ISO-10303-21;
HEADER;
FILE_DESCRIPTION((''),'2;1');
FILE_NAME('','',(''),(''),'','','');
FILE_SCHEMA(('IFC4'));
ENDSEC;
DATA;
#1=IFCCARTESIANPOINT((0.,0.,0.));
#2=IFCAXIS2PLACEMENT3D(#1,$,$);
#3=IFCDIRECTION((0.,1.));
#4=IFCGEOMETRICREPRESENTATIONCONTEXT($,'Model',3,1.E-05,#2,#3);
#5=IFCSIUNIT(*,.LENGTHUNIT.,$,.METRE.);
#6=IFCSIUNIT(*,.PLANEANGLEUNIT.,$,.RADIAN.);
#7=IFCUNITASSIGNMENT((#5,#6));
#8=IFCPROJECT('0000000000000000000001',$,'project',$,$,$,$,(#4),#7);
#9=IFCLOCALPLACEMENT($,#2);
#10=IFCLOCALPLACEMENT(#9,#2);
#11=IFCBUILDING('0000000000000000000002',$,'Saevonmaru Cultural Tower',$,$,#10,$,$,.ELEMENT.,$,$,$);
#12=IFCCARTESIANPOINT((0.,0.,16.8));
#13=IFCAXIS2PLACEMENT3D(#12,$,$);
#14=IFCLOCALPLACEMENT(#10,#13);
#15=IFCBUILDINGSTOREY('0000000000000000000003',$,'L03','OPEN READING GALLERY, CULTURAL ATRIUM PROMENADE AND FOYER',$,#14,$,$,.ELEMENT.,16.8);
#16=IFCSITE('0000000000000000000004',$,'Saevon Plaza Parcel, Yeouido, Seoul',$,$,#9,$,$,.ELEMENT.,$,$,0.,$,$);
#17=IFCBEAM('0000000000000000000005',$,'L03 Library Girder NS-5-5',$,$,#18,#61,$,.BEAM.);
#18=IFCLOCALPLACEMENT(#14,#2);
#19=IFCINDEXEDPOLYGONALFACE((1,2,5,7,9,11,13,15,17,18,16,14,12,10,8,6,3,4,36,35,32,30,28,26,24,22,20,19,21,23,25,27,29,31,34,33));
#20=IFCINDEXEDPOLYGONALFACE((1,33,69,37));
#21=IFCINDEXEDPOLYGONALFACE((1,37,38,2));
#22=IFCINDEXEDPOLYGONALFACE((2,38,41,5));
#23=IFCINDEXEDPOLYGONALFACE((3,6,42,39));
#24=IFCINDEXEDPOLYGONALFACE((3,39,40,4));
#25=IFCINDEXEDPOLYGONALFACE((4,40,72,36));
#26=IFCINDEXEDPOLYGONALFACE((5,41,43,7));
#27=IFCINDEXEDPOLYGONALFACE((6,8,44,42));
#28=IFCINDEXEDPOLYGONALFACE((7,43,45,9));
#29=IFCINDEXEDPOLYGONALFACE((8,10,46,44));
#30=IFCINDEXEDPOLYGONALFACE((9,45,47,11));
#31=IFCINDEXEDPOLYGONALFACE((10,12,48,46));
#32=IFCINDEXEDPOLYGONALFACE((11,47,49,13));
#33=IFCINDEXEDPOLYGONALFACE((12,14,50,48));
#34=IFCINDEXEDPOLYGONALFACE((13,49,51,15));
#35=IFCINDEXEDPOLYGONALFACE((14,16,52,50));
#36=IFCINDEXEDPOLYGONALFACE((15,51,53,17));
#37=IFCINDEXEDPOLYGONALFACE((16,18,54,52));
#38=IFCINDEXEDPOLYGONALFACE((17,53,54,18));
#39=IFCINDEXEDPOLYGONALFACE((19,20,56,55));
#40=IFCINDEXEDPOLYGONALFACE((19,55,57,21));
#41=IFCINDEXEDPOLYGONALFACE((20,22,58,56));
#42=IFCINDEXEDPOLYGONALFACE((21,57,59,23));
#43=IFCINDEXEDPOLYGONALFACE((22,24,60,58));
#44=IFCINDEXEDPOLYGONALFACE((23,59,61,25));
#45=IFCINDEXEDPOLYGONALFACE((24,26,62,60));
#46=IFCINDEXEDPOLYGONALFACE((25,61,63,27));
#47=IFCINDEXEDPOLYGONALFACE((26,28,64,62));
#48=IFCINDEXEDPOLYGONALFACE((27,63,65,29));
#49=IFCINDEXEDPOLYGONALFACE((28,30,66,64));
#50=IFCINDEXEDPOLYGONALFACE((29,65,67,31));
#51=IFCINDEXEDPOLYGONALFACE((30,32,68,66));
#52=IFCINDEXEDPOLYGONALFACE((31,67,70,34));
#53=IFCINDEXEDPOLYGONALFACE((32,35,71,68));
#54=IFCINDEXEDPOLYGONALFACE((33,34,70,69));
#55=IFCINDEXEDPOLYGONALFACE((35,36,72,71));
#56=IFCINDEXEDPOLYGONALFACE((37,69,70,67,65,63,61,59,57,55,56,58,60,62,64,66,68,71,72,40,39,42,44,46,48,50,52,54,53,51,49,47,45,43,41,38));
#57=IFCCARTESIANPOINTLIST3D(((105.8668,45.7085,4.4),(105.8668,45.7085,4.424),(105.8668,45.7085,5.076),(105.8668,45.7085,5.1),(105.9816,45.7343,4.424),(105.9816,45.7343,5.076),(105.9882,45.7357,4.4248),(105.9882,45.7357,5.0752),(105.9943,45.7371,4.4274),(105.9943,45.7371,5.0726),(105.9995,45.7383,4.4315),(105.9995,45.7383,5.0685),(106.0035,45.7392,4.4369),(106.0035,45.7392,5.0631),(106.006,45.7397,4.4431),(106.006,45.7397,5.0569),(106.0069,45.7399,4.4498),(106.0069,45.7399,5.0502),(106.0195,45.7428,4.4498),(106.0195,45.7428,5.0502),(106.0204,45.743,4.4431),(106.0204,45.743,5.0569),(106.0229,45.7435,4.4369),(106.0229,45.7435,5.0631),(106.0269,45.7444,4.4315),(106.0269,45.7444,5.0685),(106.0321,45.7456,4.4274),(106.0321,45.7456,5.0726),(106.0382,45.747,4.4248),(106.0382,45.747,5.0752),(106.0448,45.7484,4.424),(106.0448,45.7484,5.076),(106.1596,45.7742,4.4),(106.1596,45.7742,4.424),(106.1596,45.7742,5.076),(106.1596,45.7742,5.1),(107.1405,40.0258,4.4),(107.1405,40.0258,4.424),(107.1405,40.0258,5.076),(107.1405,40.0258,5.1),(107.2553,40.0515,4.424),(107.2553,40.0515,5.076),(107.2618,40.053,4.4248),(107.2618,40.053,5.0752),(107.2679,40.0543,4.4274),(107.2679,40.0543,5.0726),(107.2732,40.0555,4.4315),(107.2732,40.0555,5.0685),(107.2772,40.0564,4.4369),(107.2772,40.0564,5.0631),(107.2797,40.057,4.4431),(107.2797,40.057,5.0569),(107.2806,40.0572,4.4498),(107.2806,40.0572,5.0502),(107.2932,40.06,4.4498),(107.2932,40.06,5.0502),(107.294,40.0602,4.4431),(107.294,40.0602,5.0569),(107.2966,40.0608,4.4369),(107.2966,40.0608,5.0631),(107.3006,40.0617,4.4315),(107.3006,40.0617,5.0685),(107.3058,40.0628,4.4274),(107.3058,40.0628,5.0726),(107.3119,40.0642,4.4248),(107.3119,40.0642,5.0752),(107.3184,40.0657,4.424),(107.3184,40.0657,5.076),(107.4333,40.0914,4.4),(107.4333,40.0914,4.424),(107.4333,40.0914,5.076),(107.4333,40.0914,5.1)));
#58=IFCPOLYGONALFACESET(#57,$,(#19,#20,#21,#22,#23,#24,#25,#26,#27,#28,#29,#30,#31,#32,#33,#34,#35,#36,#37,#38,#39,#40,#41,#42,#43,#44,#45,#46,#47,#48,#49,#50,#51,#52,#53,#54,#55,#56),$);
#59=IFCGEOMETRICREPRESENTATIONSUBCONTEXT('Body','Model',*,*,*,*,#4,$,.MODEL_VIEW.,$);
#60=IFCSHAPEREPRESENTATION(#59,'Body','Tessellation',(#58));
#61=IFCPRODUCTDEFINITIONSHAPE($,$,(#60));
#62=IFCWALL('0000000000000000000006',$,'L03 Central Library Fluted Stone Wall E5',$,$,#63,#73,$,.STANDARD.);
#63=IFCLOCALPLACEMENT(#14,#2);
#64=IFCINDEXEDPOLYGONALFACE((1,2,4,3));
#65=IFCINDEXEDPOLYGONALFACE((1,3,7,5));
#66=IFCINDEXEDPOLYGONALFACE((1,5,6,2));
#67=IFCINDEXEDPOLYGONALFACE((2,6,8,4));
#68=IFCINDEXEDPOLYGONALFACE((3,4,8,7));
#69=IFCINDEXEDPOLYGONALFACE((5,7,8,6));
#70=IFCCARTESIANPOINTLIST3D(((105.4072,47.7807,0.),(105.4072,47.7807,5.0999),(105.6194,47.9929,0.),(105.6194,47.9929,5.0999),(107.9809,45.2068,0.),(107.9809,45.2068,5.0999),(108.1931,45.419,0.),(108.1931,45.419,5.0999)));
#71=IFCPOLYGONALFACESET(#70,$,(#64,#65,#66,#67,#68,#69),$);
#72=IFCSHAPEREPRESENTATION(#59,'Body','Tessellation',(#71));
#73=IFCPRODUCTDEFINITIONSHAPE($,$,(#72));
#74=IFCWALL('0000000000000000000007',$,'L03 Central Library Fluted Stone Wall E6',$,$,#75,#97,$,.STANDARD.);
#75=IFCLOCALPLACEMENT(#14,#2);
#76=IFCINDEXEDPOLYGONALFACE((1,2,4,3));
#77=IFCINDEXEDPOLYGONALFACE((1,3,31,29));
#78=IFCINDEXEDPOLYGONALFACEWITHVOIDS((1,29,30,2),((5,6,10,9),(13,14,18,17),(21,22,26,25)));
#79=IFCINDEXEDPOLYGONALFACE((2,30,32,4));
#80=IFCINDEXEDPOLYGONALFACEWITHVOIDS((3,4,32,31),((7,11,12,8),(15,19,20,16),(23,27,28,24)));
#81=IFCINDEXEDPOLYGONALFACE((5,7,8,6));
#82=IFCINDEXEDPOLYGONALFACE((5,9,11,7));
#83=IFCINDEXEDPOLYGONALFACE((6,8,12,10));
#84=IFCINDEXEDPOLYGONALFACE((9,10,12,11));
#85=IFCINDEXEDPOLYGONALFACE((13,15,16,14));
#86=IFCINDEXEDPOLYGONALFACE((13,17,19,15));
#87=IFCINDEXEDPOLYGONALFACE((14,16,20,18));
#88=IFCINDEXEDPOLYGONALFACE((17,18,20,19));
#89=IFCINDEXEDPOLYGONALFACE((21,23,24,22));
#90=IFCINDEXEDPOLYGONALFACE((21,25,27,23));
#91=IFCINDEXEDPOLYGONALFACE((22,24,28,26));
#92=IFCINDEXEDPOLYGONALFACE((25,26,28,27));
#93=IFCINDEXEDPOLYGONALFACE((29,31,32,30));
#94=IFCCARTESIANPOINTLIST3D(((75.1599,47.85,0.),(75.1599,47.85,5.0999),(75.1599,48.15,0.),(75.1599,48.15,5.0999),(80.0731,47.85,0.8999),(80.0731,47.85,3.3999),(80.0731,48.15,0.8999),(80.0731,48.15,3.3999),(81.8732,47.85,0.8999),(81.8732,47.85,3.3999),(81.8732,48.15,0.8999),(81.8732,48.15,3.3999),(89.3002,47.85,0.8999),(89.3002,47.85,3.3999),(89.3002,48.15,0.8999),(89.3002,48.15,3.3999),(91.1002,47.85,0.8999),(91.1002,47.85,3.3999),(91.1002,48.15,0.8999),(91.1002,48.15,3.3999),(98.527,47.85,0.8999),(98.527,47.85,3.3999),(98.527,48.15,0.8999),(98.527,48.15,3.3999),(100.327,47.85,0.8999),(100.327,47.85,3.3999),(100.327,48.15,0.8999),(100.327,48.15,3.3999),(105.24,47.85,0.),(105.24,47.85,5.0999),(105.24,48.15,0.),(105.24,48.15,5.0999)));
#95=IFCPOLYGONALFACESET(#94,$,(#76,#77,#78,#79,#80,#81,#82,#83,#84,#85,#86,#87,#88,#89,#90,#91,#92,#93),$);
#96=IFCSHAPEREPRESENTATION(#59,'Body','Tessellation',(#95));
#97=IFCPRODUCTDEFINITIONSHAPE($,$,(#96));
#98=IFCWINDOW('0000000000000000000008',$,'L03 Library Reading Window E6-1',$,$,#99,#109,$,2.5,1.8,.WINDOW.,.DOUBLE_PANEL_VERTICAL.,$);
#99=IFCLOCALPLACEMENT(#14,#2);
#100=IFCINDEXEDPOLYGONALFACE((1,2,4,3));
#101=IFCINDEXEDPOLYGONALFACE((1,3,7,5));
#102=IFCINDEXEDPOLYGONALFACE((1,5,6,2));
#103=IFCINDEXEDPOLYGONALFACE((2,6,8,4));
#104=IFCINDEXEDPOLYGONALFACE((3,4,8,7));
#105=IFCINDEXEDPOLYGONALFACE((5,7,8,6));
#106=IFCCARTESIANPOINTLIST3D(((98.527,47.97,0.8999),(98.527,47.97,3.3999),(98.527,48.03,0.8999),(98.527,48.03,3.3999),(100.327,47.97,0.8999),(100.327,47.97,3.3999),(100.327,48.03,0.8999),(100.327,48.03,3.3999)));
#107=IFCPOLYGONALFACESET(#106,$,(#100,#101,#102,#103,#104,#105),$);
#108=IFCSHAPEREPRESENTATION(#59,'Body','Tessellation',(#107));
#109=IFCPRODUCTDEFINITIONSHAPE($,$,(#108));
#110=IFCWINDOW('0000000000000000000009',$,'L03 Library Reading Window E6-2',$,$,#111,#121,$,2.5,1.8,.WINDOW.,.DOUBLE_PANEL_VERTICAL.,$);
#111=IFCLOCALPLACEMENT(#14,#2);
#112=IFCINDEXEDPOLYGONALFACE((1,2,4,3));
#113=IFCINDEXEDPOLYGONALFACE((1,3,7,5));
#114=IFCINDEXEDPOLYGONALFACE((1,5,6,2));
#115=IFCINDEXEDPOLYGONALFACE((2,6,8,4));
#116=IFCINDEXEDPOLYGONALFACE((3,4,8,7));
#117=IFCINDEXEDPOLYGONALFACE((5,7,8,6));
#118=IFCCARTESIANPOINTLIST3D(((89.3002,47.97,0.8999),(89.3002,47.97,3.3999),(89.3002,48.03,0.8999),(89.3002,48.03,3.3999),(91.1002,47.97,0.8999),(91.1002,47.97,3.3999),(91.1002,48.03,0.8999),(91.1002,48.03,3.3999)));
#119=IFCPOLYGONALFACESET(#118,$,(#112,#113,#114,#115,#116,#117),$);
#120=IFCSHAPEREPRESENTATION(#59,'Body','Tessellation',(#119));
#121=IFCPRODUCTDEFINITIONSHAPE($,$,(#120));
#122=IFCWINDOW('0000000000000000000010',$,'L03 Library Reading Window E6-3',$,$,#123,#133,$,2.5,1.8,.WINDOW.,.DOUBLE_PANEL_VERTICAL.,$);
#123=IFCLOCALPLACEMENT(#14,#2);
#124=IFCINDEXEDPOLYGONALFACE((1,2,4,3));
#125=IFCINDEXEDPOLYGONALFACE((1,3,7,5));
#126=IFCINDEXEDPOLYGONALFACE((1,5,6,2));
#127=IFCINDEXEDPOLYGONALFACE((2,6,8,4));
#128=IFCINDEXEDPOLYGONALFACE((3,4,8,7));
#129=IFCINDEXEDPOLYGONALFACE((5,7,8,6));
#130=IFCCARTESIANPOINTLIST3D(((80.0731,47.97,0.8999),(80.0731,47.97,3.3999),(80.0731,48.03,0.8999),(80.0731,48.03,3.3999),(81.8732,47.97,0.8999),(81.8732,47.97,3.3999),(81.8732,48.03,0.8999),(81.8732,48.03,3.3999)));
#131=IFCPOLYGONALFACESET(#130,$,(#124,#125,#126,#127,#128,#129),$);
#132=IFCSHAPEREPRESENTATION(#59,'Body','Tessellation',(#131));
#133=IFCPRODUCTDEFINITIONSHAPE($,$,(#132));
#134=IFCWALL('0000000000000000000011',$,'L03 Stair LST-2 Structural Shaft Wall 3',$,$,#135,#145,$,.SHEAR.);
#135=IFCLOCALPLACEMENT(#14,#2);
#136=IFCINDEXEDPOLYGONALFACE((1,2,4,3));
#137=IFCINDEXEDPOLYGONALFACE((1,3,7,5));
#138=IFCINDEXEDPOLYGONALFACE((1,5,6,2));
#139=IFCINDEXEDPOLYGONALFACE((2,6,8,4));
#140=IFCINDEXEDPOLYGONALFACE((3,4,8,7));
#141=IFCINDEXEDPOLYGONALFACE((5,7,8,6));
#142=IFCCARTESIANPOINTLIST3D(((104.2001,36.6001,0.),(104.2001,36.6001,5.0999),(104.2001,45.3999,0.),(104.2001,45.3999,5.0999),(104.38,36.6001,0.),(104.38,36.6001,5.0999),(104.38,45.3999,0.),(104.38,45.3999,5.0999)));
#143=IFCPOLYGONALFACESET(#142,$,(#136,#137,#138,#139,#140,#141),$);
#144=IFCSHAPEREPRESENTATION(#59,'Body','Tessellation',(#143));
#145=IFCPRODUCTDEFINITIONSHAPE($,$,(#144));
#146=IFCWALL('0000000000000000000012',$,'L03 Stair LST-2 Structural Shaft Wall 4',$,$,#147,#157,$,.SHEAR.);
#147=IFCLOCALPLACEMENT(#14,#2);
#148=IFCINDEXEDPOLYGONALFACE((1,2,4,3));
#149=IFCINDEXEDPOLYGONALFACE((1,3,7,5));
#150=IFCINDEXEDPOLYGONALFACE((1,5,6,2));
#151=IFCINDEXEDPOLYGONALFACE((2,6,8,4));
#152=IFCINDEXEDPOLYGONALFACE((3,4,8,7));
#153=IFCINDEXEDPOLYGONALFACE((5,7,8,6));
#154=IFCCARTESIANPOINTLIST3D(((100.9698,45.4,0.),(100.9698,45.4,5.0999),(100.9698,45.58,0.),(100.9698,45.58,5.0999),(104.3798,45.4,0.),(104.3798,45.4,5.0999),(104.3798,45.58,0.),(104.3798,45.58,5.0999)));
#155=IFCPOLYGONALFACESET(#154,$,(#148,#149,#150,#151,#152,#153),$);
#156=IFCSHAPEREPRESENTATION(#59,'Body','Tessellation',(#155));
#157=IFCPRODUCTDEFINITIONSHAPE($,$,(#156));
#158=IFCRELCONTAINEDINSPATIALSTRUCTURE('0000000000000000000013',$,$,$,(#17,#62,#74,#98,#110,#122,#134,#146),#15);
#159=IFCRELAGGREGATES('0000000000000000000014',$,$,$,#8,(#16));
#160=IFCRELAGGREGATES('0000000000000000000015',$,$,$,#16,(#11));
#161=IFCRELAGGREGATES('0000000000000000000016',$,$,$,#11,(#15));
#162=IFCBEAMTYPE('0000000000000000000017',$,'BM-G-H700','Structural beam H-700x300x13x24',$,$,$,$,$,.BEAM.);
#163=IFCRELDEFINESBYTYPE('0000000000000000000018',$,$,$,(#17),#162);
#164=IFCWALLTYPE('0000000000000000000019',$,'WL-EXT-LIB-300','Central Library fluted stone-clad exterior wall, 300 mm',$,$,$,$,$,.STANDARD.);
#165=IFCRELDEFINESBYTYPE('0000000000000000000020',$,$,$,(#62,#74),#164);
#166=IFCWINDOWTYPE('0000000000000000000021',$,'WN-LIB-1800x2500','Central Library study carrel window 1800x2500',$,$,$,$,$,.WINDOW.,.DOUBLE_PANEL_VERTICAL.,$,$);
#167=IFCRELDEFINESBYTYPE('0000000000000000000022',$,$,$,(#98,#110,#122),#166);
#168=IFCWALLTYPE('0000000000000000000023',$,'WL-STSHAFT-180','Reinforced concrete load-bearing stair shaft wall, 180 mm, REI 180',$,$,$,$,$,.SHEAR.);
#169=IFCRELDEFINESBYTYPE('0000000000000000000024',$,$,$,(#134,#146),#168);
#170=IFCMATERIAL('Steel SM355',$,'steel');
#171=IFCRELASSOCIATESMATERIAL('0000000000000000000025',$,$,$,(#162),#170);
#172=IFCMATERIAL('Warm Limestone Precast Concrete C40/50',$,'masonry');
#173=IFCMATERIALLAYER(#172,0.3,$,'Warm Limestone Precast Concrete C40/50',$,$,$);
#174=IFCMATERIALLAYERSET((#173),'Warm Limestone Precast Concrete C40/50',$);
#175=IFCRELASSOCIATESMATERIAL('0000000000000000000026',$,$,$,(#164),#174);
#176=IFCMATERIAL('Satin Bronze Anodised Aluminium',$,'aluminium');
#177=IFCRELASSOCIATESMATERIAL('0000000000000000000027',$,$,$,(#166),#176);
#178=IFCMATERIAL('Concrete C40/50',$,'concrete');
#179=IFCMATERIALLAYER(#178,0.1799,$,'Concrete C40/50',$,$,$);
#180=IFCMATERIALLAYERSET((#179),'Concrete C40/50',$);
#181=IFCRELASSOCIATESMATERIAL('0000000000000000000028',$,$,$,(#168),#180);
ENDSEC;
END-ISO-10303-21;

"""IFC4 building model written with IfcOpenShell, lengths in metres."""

from ifc_helpers import new_model, si_unit, direction, frame, frame_2d, origin, origin_2d, place, context, subcontext, project, spatial, rectangle, i_section, extrude, material, layer, layer_set, material_profile, profile_set, type_object, element, fill, save


model = new_model("IFC4")

# Units and contexts
model_context = context("Model", 3, precision=1e-05, world=origin(), true_north=direction((0.0, 1.0)))
body_context = subcontext(model_context, "Body", "Model", "MODEL_VIEW")
ifc_project = project(units=[si_unit("LENGTHUNIT", "METRE"), si_unit("PLANEANGLEUNIT", "RADIAN")], contexts=[model_context])

# Site, building, storey
site_placement = place(None, origin())
site = spatial("IfcSite", under=ifc_project, at=site_placement, Name="Saevon Plaza Parcel, Yeouido, Seoul", CompositionType="ELEMENT", RefElevation=0.0)
building_placement = place(site_placement, origin())
building = spatial("IfcBuilding", under=site, at=building_placement, Name="Saevonmaru Cultural Tower", CompositionType="ELEMENT")
storey_placement = place(building_placement, frame((0.0, 0.0, 16.8)))
storey = spatial("IfcBuildingStorey", under=building, at=storey_placement, Name="L03", Description="OPEN READING GALLERY, CULTURAL ATRIUM PROMENADE AND FOYER", CompositionType="ELEMENT", Elevation=16.8)

# Shared definitions
ifc_material_1 = material(Name="Steel SM355", Category="steel")

# Beam
ifc_material_profile_1 = material_profile(ifc_material_1, i_section(OverallWidth=0.3, OverallDepth=0.7, WebThickness=0.0129, FlangeThickness=0.0239, FilletRadius=0.0259, at=origin_2d()), Name="H-700x300x13x24")
ifc_profile_set_1 = profile_set([ifc_material_profile_1], Name="Steel SM355")
beam_type = type_object("IfcBeamType", Name="BM-G-H700", Description="Structural beam H-700x300x13x24", PredefinedType="BEAM", material=ifc_profile_set_1)
beam_1_placement = place(storey_placement, frame((107.2869, 40.0586, 4.75), z_axis=(-0.218701, 0.975792, 0.0), x_axis=(-0.975792, -0.218701, 0.0)))
element("IfcBeam", 1, at=beam_1_placement, inside=storey, type_object=beam_type, Name="L03 Library Girder NS-5-5", PredefinedType="BEAM", context=body_context, shape_type="SweptSolid", body=[
    extrude(i_section(OverallWidth=0.3, OverallDepth=0.7, WebThickness=0.0129, FlangeThickness=0.0239, FilletRadius=0.0259, at=origin_2d()), origin(), (0.0, 0.0, 1.0), 5.8237),
])

# Wall
ifc_material_2 = material(Name="Warm Limestone Precast Concrete C40/50", Category="masonry")
ifc_layer_1 = layer(ifc_material_2, 0.3, Name="Warm Limestone Precast Concrete C40/50")
ifc_layer_set_1 = layer_set([ifc_layer_1], Name="Warm Limestone Precast Concrete C40/50")
wall_type_1 = type_object("IfcWallType", Name="WL-EXT-LIB-300", Description="Central Library fluted stone-clad exterior wall, 300 mm", PredefinedType="STANDARD", material=ifc_layer_set_1)
wall_1_placement = place(storey_placement, frame((108.0869, 45.313, 0.0), z_axis=(0.0, 0.0, 1.0), x_axis=(-0.707073, 0.70714, 0.0)))
element("IfcWall", 2, at=wall_1_placement, inside=storey, type_object=wall_type_1, Name="L03 Central Library Fluted Stone Wall E5", PredefinedType="STANDARD", context=body_context, shape_type="SweptSolid", body=[
    extrude(rectangle(XDim=3.6399, YDim=0.3, at=frame_2d((1.8198, 0.0))), origin(), (0.0, 0.0, 1.0), 5.0999),
])

# Wall, openings, windows
wall_2_placement = place(storey_placement, frame((105.24, 48.0, 0.0), z_axis=(0.0, 0.0, 1.0), x_axis=(-1.0, 0.0, 0.0)))
wall_2 = element("IfcWall", 3, at=wall_2_placement, inside=storey, type_object=wall_type_1, Name="L03 Central Library Fluted Stone Wall E6", PredefinedType="STANDARD", context=body_context, shape_type="SweptSolid", body=[
    extrude(rectangle(XDim=30.0801, YDim=0.3, at=frame_2d((15.04, 0.0))), origin(), (0.0, 0.0, 1.0), 5.0999),
])
opening_1_placement = place(wall_2_placement, frame((4.9131, 0.0, 0.8999)))
opening_1 = element("IfcOpeningElement", 4, at=opening_1_placement, cuts=wall_2, PredefinedType="OPENING", context=body_context, shape_type="SweptSolid", body=[
    extrude(rectangle(XDim=1.8, YDim=2.5, at=frame_2d((0.8999, 1.25))), frame((0.0, 0.1602, 0.0), z_axis=(0.0, -1.0, 0.0), x_axis=(1.0, 0.0, 0.0)), (0.0, 0.0, 1.0), 0.3201),
])
opening_2_placement = place(wall_2_placement, frame((14.1399, 0.0, 0.8999)))
opening_2 = element("IfcOpeningElement", 5, at=opening_2_placement, cuts=wall_2, PredefinedType="OPENING", context=body_context, shape_type="SweptSolid", body=[
    extrude(rectangle(XDim=1.8, YDim=2.5, at=frame_2d((0.8999, 1.25))), frame((0.0, 0.1602, 0.0), z_axis=(0.0, -1.0, 0.0), x_axis=(1.0, 0.0, 0.0)), (0.0, 0.0, 1.0), 0.3201),
])
opening_3_placement = place(wall_2_placement, frame((23.3669, 0.0, 0.8999)))
opening_3 = element("IfcOpeningElement", 6, at=opening_3_placement, cuts=wall_2, PredefinedType="OPENING", context=body_context, shape_type="SweptSolid", body=[
    extrude(rectangle(XDim=1.8, YDim=2.5, at=frame_2d((0.8999, 1.25))), frame((0.0, 0.1602, 0.0), z_axis=(0.0, -1.0, 0.0), x_axis=(1.0, 0.0, 0.0)), (0.0, 0.0, 1.0), 0.3201),
])
ifc_material_3 = material(Name="Satin Bronze Anodised Aluminium", Category="aluminium")
window_type = type_object("IfcWindowType", Name="WN-LIB-1800x2500", Description="Central Library study carrel window 1800x2500", PartitioningType="DOUBLE_PANEL_VERTICAL", PredefinedType="WINDOW", material=ifc_material_3)
window_1_placement = place(opening_1_placement, origin())
window_1 = element("IfcWindow", 7, at=window_1_placement, inside=storey, type_object=window_type, Name="L03 Library Reading Window E6-1", OverallHeight=2.5, OverallWidth=1.8, PartitioningType="DOUBLE_PANEL_VERTICAL", PredefinedType="WINDOW", context=body_context, shape_type="SweptSolid", body=[
    extrude(rectangle(XDim=1.8, YDim=2.5, at=frame_2d((0.8999, 1.25))), frame((0.0, 0.03, 0.0), z_axis=(0.0, -1.0, 0.0), x_axis=(1.0, 0.0, 0.0)), (0.0, 0.0, 1.0), 0.0601),
])
fill(opening_1, window_1)
window_2_placement = place(opening_2_placement, origin())
window_2 = element("IfcWindow", 8, at=window_2_placement, inside=storey, type_object=window_type, Name="L03 Library Reading Window E6-2", OverallHeight=2.5, OverallWidth=1.8, PartitioningType="DOUBLE_PANEL_VERTICAL", PredefinedType="WINDOW", context=body_context, shape_type="SweptSolid", body=[
    extrude(rectangle(XDim=1.8, YDim=2.5, at=frame_2d((0.8999, 1.25))), frame((0.0, 0.03, 0.0), z_axis=(0.0, -1.0, 0.0), x_axis=(1.0, 0.0, 0.0)), (0.0, 0.0, 1.0), 0.0601),
])
fill(opening_2, window_2)
window_3_placement = place(opening_3_placement, origin())
window_3 = element("IfcWindow", 9, at=window_3_placement, inside=storey, type_object=window_type, Name="L03 Library Reading Window E6-3", OverallHeight=2.5, OverallWidth=1.8, PartitioningType="DOUBLE_PANEL_VERTICAL", PredefinedType="WINDOW", context=body_context, shape_type="SweptSolid", body=[
    extrude(rectangle(XDim=1.8, YDim=2.5, at=frame_2d((0.8999, 1.25))), frame((0.0, 0.03, 0.0), z_axis=(0.0, -1.0, 0.0), x_axis=(1.0, 0.0, 0.0)), (0.0, 0.0, 1.0), 0.0601),
])
fill(opening_3, window_3)

# Walls
ifc_material_4 = material(Name="Concrete C40/50", Category="concrete")
ifc_layer_2 = layer(ifc_material_4, 0.1799, Name="Concrete C40/50")
ifc_layer_set_2 = layer_set([ifc_layer_2], Name="Concrete C40/50")
wall_type_2 = type_object("IfcWallType", Name="WL-STSHAFT-180", Description="Reinforced concrete load-bearing stair shaft wall, 180 mm, REI 180", PredefinedType="SHEAR", material=ifc_layer_set_2)
wall_3_placement = place(storey_placement, frame((104.29, 36.6001, 0.0), z_axis=(0.0, 0.0, 1.0), x_axis=(0.0, 1.0, 0.0)))
element("IfcWall", 10, at=wall_3_placement, inside=storey, type_object=wall_type_2, Name="L03 Stair LST-2 Structural Shaft Wall 3", PredefinedType="SHEAR", context=body_context, shape_type="SweptSolid", body=[
    extrude(rectangle(XDim=8.7998, YDim=0.1799, at=frame_2d((4.3999, 0.0))), origin(), (0.0, 0.0, 1.0), 5.0999),
])
wall_4_placement = place(storey_placement, frame((104.3799, 45.49, 0.0), z_axis=(0.0, 0.0, 1.0), x_axis=(-1.0, 0.0, 0.0)))
element("IfcWall", 11, at=wall_4_placement, inside=storey, type_object=wall_type_2, Name="L03 Stair LST-2 Structural Shaft Wall 4", PredefinedType="SHEAR", context=body_context, shape_type="SweptSolid", body=[
    extrude(rectangle(XDim=3.4099, YDim=0.1799, at=frame_2d((1.7051, 0.0))), origin(), (0.0, 0.0, 1.0), 5.0999),
])

save(model, "model.ifc")
